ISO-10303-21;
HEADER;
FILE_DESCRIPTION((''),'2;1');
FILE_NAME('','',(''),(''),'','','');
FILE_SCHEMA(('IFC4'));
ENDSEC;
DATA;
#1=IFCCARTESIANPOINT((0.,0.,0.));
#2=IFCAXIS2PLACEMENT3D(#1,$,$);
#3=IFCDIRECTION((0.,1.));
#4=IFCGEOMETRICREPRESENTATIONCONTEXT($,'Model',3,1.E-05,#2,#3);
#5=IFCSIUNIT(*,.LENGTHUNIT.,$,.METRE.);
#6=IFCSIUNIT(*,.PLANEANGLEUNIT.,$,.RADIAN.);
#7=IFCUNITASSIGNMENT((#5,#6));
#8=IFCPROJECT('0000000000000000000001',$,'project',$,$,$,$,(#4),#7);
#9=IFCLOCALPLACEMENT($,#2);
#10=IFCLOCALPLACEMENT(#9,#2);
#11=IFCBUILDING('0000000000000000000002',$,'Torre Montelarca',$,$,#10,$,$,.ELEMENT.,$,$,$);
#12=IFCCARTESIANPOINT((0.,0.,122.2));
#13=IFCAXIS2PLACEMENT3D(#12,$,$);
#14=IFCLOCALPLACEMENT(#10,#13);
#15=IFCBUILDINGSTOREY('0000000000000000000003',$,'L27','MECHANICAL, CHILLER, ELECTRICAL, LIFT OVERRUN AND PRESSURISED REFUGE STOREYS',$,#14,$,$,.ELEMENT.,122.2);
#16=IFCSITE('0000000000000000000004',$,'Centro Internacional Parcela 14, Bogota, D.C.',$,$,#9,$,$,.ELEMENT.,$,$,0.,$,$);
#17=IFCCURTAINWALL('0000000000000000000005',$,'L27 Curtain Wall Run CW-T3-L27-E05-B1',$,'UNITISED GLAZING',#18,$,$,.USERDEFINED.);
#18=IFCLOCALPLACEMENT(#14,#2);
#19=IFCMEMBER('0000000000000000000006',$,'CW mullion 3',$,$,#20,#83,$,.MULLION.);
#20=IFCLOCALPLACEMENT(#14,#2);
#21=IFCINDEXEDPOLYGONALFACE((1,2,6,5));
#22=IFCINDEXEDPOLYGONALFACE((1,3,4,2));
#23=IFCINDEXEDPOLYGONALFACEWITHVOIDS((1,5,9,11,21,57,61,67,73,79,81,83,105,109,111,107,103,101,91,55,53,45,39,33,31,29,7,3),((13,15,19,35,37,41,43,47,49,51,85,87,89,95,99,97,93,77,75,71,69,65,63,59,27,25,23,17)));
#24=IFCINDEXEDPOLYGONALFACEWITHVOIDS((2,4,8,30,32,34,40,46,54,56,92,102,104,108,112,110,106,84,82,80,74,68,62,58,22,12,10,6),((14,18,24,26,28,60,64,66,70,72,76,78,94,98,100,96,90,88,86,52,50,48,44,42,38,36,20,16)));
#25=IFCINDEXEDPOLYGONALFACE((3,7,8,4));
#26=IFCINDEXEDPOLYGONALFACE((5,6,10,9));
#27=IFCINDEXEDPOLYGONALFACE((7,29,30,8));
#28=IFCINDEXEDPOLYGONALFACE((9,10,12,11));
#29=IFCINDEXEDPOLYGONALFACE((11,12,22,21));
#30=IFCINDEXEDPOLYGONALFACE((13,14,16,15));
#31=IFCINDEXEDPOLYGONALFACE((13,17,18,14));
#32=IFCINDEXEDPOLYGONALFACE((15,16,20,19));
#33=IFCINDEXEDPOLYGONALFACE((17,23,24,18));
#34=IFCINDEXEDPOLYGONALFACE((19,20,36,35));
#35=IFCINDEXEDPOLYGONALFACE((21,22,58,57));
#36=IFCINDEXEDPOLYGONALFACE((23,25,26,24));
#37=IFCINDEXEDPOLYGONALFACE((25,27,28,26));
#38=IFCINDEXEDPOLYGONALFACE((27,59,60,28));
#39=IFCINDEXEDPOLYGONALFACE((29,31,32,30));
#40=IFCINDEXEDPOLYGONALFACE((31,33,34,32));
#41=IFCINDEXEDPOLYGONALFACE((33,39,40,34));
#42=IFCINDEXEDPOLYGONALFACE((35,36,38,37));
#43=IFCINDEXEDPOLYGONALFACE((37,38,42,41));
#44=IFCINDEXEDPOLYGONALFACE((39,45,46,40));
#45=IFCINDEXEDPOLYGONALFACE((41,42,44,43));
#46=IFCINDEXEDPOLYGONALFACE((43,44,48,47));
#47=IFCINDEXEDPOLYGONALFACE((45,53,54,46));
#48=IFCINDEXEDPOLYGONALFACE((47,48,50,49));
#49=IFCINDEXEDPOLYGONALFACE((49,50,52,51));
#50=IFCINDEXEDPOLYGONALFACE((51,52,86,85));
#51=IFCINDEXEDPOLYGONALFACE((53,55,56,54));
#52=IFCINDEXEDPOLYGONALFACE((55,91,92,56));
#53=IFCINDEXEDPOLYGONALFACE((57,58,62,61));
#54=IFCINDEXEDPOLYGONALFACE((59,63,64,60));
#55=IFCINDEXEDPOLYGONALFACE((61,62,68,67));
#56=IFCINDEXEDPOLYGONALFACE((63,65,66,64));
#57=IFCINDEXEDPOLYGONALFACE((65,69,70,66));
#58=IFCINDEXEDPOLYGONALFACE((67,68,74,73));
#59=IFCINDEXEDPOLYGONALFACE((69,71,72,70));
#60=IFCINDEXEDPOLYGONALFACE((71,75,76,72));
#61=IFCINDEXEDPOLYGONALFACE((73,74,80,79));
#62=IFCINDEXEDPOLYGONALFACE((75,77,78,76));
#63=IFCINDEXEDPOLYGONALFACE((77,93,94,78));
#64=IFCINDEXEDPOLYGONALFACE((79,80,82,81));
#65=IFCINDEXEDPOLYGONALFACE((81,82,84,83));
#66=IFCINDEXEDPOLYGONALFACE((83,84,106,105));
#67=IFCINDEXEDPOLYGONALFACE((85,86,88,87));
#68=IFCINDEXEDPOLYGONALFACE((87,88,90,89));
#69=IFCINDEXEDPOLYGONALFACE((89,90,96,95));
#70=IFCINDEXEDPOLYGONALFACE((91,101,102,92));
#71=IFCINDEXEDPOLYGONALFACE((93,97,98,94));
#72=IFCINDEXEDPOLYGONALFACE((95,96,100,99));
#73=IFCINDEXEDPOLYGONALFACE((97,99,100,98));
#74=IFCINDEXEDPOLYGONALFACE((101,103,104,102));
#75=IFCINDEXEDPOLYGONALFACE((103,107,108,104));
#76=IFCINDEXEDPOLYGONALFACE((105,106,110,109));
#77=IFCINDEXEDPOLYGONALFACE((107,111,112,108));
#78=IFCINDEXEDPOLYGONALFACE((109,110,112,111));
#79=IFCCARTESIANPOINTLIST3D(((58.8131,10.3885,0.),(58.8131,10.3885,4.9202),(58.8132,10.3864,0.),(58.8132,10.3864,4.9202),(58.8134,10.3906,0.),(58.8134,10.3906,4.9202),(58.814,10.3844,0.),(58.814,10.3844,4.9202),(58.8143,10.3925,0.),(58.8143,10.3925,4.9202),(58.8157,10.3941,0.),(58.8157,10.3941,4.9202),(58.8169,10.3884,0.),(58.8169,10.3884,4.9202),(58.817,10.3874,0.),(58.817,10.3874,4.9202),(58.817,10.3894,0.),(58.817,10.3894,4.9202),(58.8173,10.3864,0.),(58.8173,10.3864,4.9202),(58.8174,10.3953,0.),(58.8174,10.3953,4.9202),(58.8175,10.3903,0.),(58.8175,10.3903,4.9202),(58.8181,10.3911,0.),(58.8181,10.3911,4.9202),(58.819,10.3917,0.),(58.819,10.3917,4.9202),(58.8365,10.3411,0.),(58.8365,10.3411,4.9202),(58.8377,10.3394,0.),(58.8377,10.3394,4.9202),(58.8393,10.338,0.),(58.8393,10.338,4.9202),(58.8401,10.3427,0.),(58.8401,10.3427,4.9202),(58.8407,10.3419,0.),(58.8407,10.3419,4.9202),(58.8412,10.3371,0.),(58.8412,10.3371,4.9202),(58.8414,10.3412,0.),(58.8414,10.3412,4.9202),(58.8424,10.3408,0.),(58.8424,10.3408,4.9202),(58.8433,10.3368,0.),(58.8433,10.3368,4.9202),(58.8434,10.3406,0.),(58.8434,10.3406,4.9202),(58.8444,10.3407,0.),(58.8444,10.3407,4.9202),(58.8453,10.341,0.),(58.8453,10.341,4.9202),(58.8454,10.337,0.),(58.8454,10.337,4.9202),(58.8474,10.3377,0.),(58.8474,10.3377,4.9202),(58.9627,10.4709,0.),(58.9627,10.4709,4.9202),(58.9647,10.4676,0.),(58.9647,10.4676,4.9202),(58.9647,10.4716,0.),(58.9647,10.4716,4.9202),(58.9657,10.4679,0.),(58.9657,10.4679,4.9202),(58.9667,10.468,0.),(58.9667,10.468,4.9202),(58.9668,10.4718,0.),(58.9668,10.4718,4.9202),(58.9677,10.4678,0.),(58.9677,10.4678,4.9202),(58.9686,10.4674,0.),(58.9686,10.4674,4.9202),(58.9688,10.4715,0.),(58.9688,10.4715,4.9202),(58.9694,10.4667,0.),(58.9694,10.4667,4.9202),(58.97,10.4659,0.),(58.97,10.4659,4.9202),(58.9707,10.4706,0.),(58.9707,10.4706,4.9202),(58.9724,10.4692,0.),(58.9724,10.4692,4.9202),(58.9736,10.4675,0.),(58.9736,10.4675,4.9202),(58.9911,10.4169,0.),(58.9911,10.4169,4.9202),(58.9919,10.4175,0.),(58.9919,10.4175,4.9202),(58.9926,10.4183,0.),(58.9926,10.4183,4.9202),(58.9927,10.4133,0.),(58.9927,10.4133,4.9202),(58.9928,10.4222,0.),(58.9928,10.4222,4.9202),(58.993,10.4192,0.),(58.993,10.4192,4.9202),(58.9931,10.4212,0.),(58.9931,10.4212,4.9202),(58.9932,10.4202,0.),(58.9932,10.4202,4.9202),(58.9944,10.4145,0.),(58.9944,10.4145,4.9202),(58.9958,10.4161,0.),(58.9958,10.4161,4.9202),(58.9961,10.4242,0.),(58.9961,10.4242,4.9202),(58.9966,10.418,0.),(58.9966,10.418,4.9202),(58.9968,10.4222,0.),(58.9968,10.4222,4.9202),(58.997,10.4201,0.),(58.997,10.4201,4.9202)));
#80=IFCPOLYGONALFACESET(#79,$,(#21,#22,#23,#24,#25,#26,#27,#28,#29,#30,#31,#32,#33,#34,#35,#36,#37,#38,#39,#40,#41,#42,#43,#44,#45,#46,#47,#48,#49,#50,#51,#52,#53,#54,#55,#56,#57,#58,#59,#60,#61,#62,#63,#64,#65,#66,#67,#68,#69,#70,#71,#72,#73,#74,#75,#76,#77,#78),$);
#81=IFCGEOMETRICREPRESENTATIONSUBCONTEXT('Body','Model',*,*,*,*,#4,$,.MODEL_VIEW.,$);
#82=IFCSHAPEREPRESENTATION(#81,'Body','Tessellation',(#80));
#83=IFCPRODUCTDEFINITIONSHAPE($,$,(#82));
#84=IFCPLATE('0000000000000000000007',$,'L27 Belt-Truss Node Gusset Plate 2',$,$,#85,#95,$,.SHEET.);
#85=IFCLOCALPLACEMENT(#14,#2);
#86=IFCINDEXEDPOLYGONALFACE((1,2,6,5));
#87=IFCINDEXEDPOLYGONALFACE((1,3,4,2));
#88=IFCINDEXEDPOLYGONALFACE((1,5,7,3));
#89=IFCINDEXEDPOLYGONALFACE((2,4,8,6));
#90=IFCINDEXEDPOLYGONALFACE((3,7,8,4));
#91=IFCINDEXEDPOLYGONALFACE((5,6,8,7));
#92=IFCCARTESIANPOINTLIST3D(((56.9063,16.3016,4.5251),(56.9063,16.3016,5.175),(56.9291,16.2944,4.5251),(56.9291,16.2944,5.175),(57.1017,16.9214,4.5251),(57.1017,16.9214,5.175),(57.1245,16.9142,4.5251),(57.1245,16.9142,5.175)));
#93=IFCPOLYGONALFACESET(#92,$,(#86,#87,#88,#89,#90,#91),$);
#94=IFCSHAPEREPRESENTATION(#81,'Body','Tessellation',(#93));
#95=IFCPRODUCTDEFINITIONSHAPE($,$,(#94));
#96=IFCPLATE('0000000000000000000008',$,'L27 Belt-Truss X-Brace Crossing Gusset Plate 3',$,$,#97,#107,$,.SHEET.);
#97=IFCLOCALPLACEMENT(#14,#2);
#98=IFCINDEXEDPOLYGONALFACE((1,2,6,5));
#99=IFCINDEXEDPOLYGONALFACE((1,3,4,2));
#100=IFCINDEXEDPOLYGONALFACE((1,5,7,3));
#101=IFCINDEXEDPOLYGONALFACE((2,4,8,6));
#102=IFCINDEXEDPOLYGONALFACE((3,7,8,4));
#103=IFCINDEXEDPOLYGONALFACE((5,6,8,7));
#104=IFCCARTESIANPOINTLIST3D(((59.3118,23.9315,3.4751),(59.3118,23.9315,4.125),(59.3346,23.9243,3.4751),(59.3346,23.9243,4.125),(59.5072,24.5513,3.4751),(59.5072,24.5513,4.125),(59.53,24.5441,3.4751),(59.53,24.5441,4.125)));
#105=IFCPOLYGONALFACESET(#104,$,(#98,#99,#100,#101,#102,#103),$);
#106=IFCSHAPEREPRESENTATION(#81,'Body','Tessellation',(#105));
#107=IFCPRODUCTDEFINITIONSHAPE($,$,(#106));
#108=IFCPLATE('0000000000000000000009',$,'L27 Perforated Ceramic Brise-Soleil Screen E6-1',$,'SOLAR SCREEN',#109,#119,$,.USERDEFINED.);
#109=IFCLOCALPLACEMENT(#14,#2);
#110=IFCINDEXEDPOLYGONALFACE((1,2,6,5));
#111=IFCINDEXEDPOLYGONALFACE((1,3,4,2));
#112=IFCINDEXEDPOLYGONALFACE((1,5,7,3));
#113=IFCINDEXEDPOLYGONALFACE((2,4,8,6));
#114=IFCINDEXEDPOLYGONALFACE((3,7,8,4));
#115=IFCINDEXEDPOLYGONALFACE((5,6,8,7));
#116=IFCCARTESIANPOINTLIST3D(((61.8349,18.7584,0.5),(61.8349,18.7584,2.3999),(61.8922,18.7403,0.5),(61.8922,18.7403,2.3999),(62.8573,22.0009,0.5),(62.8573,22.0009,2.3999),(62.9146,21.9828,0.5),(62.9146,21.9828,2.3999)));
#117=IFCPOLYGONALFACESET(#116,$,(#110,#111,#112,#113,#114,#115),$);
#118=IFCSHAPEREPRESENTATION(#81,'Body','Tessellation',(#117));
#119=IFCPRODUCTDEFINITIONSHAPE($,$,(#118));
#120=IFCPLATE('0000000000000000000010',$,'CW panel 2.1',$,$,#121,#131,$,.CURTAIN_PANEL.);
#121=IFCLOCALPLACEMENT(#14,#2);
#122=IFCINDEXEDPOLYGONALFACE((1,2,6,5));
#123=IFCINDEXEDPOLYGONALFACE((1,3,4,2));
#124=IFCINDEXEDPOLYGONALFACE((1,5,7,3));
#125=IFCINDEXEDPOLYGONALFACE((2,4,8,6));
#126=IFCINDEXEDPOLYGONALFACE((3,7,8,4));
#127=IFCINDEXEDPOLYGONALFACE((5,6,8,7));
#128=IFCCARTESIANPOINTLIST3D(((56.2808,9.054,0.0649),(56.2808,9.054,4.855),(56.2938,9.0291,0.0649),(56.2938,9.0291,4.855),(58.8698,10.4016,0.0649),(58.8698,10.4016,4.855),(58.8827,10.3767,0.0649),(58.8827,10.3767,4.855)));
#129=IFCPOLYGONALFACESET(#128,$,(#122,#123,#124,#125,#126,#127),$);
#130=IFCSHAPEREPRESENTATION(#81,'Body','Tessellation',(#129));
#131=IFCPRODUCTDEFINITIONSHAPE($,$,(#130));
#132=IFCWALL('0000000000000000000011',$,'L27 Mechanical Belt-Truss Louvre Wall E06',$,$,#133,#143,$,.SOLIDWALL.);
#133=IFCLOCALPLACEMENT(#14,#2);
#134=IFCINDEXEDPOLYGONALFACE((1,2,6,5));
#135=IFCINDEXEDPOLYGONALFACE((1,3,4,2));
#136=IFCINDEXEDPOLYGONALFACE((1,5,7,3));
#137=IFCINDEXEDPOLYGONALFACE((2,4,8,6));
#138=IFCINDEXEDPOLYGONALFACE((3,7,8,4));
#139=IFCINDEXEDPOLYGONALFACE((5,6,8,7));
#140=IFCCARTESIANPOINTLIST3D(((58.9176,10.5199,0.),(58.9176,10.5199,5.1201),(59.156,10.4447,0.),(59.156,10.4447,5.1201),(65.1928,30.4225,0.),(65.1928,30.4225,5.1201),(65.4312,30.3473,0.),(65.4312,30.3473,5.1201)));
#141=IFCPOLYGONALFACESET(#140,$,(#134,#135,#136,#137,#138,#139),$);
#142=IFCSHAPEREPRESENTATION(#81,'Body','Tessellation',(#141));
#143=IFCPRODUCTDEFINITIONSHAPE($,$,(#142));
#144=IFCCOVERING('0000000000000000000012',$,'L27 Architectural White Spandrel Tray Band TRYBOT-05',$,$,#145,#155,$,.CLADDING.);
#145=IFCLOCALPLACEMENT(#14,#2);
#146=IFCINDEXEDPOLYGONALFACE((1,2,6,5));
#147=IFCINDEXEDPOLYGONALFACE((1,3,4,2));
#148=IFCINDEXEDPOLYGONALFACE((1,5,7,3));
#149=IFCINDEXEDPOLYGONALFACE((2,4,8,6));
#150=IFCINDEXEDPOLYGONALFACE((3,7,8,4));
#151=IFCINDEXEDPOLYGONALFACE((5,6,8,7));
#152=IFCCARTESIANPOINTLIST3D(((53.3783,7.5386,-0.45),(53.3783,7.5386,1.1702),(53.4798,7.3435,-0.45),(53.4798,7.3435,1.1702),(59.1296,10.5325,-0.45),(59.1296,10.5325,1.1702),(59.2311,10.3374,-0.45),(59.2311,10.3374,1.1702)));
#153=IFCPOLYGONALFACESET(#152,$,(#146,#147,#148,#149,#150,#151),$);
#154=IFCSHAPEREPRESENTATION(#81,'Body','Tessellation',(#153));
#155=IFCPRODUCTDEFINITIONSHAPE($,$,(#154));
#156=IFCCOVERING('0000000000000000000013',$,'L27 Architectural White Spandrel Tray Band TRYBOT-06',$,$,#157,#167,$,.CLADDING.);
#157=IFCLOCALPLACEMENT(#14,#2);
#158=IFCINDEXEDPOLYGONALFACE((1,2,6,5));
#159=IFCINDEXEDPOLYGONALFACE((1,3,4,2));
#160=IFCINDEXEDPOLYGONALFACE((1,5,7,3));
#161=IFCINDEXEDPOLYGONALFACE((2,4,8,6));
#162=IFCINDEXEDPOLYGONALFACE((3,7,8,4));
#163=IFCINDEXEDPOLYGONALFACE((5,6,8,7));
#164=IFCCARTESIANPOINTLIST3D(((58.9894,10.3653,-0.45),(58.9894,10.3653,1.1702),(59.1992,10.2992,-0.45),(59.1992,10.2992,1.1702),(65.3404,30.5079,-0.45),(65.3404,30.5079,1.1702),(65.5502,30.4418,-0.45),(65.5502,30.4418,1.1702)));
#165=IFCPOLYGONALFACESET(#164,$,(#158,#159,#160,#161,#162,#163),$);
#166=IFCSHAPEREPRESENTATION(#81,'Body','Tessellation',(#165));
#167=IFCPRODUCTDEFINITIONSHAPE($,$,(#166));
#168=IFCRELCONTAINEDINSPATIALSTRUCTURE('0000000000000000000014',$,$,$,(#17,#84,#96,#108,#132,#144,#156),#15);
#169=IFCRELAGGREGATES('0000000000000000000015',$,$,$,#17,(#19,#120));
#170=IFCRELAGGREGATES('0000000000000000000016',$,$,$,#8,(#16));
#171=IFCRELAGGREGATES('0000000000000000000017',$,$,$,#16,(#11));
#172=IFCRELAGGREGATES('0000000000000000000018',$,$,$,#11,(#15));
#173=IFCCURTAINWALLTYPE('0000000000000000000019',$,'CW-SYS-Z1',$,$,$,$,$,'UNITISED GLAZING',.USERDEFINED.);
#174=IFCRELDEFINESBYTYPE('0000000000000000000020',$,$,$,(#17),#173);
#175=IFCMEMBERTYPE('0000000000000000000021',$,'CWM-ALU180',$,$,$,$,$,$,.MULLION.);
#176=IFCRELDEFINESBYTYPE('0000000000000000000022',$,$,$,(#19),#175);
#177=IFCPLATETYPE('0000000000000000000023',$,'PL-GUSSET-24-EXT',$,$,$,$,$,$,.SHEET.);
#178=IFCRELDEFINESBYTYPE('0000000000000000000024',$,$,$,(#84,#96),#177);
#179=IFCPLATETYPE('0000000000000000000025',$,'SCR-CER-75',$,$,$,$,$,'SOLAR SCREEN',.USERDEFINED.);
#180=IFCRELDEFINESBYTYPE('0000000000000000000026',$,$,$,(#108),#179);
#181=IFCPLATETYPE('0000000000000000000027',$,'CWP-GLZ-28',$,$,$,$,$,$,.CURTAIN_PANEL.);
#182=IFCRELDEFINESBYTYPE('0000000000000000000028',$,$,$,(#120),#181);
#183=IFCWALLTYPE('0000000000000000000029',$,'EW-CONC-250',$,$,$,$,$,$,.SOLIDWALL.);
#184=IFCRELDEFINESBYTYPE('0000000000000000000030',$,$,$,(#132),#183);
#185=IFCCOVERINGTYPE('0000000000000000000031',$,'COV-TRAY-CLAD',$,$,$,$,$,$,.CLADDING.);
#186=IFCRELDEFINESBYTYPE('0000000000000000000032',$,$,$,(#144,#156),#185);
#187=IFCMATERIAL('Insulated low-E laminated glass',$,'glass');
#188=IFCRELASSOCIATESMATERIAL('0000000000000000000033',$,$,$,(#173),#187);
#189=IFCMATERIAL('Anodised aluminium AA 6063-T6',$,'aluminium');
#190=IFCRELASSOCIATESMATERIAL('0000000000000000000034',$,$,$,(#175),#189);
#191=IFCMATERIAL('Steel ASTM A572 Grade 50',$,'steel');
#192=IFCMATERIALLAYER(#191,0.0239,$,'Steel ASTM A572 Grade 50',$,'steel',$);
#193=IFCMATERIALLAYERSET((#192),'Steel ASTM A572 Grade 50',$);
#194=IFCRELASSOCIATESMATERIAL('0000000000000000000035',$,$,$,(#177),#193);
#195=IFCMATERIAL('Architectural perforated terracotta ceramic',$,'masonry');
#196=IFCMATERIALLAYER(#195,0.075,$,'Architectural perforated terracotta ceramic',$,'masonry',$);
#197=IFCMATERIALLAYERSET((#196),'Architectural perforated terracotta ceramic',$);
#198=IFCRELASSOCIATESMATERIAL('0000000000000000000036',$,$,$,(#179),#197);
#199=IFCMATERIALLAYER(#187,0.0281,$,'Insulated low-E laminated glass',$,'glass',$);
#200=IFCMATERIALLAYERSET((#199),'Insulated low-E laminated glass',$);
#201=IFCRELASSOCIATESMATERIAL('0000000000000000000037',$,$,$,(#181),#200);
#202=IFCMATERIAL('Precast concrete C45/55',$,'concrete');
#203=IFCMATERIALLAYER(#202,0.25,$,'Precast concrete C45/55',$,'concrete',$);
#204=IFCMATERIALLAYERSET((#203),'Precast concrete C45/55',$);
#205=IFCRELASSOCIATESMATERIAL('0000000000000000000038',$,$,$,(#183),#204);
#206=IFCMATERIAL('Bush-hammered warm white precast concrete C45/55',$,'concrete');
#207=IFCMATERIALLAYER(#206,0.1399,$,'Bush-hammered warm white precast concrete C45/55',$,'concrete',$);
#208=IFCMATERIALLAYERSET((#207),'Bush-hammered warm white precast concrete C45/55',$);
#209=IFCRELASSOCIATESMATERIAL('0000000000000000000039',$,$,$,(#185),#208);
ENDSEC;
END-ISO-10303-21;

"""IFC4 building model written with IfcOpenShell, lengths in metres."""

from ifc_helpers import new_model, si_unit, direction, frame, frame_2d, origin, origin_2d, place, context, subcontext, project, spatial, rectangle, hollow_rectangle, extrude, source, transform, mapped, material, layer, layer_set, material_profile, profile_set, type_object, element, aggregate, save


model = new_model("IFC4")

# Units and contexts
model_context = context("Model", 3, precision=1e-05, world=origin(), true_north=direction((0.0, 1.0)))
body_context = subcontext(model_context, "Body", "Model", "MODEL_VIEW")
ifc_project = project(units=[si_unit("LENGTHUNIT", "METRE"), si_unit("PLANEANGLEUNIT", "RADIAN")], contexts=[model_context])

# Site, building, storey
site_placement = place(None, origin())
site = spatial("IfcSite", under=ifc_project, at=site_placement, Name="Centro Internacional Parcela 14, Bogota, D.C.", CompositionType="ELEMENT", RefElevation=0.0)
building_placement = place(site_placement, origin())
building = spatial("IfcBuilding", under=site, at=building_placement, Name="Torre Montelarca", CompositionType="ELEMENT")
storey_placement = place(building_placement, frame((0.0, 0.0, 122.2)))
storey = spatial("IfcBuildingStorey", under=building, at=storey_placement, Name="L27", Description="MECHANICAL, CHILLER, ELECTRICAL, LIFT OVERRUN AND PRESSURISED REFUGE STOREYS", CompositionType="ELEMENT", Elevation=122.2)

# Curtain wall, member
ifc_material_1 = material(Name="Insulated low-E laminated glass", Category="glass")
curtain_wall_type = type_object("IfcCurtainWallType", Name="CW-SYS-Z1", ElementType="UNITISED GLAZING", PredefinedType="USERDEFINED", material=ifc_material_1)
curtain_wall_placement = place(storey_placement, origin())
curtain_wall = element("IfcCurtainWall", 1, at=curtain_wall_placement, inside=storey, type_object=curtain_wall_type, Name="L27 Curtain Wall Run CW-T3-L27-E05-B1", ObjectType="UNITISED GLAZING", PredefinedType="USERDEFINED")
ifc_material_2 = material(Name="Anodised aluminium AA 6063-T6", Category="aluminium")
ifc_material_profile_1 = material_profile(ifc_material_2, hollow_rectangle(XDim=0.0649, YDim=0.1799, WallThickness=0.0039, InnerFilletRadius=0.0039, OuterFilletRadius=0.0081, at=origin_2d()), Name="ALU65X180X4", Category="aluminium")
ifc_profile_set_1 = profile_set([ifc_material_profile_1], Name="Anodised aluminium AA 6063-T6")
member_type_1 = type_object("IfcMemberType", Name="CWM-ALU180", PredefinedType="MULLION", material=ifc_profile_set_1)
shared_shape_1 = source(origin(), body_context, "Body", "SweptSolid", [
    extrude(hollow_rectangle(XDim=0.0649, YDim=0.1799, WallThickness=0.0039, InnerFilletRadius=0.0039, OuterFilletRadius=0.0081, at=origin_2d()), origin(), (0.0, 0.0, 1.0), 4.9202),
])
member_1_placement = place(storey_placement, frame((58.905, 10.4043, 0.0), z_axis=(0.0, 0.0, 1.0), x_axis=(-0.461729, 0.887021, 0.0)))
member_1 = element("IfcMember", 2, at=member_1_placement, type_object=member_type_1, Name="CW mullion 3", PredefinedType="MULLION", context=body_context, shape_type="MappedRepresentation", body=[
    mapped(shared_shape_1, transform((0.0, 0.0, 0.0), scale=1.0)),
])

# Plates
ifc_material_3 = material(Name="Steel ASTM A572 Grade 50", Category="steel")
ifc_layer_1 = layer(ifc_material_3, 0.0239, Name="Steel ASTM A572 Grade 50", Category="steel")
ifc_layer_set_1 = layer_set([ifc_layer_1], Name="Steel ASTM A572 Grade 50")
plate_type_1 = type_object("IfcPlateType", Name="PL-GUSSET-24-EXT", PredefinedType="SHEET", material=ifc_layer_set_1)
shared_shape_2 = source(origin(), body_context, "Body", "SweptSolid", [
    extrude(rectangle(XDim=0.6499, YDim=0.0239, at=origin_2d()), origin(), (0.0, 0.0, 1.0), 0.6499),
])
for number, where, z_axis, x_axis, name in (
    (3, (57.0154, 16.6079, 4.5251), (0.0, 0.0, 1.0), (0.300706, 0.953717, 0.0), "L27 Belt-Truss Node Gusset Plate 2"),
    (4, (59.4209, 24.2378, 3.4751), (0.0, 0.0, 1.0), (0.300706, 0.953717, 0.0), "L27 Belt-Truss X-Brace Crossing Gusset Plate 3"),
):
    element("IfcPlate", number, at=place(storey_placement, frame(where, z_axis=z_axis, x_axis=x_axis)), inside=storey, type_object=plate_type_1, Name=name, PredefinedType="SHEET", context=body_context, shape_type="MappedRepresentation", body=[
        mapped(shared_shape_2, transform((0.0, 0.0, 0.0), scale=1.0)),
    ])
ifc_material_4 = material(Name="Architectural perforated terracotta ceramic", Category="masonry")
ifc_layer_2 = layer(ifc_material_4, 0.075, Name="Architectural perforated terracotta ceramic", Category="masonry")
ifc_layer_set_2 = layer_set([ifc_layer_2], Name="Architectural perforated terracotta ceramic")
plate_type_2 = type_object("IfcPlateType", Name="SCR-CER-75", ElementType="SOLAR SCREEN", PredefinedType="USERDEFINED", material=ifc_layer_set_2)
shared_shape_3 = source(origin(), body_context, "Body", "SweptSolid", [
    extrude(rectangle(XDim=3.3999, YDim=0.0601, at=origin_2d()), origin(), (0.0, 0.0, 1.0), 1.8999),
])
plate_1_placement = place(storey_placement, frame((62.3748, 20.3706, 0.5), z_axis=(0.0, 0.0, 1.0), x_axis=(0.300709, 0.953716, 0.0)))
element("IfcPlate", 5, at=plate_1_placement, inside=storey, type_object=plate_type_2, Name="L27 Perforated Ceramic Brise-Soleil Screen E6-1", ObjectType="SOLAR SCREEN", PredefinedType="USERDEFINED", context=body_context, shape_type="MappedRepresentation", body=[
    mapped(shared_shape_3, transform((0.0, 0.0, 0.0), scale=1.0)),
])

# Plate
ifc_layer_3 = layer(ifc_material_1, 0.0281, Name="Insulated low-E laminated glass", Category="glass")
ifc_layer_set_3 = layer_set([ifc_layer_3], Name="Insulated low-E laminated glass")
plate_type_3 = type_object("IfcPlateType", Name="CWP-GLZ-28", PredefinedType="CURTAIN_PANEL", material=ifc_layer_set_3)
shared_shape_4 = source(origin(), body_context, "Body", "SweptSolid", [
    extrude(rectangle(XDim=2.9187, YDim=0.0281, at=origin_2d()), origin(), (0.0, 0.0, 1.0), 4.79),
])
plate_2_placement = place(storey_placement, frame((57.5818, 9.7153, 0.0649), z_axis=(0.0, 0.0, 1.0), x_axis=(0.887021, 0.461729, 0.0)))
plate_2 = element("IfcPlate", 6, at=plate_2_placement, type_object=plate_type_3, Name="CW panel 2.1", PredefinedType="CURTAIN_PANEL", context=body_context, shape_type="MappedRepresentation", body=[
    mapped(shared_shape_4, transform((0.0, 0.0, 0.0), scale=1.0)),
])
aggregate(curtain_wall, [member_1, plate_2])

# Wall
ifc_material_5 = material(Name="Precast concrete C45/55", Category="concrete")
ifc_layer_4 = layer(ifc_material_5, 0.25, Name="Precast concrete C45/55", Category="concrete")
ifc_layer_set_4 = layer_set([ifc_layer_4], Name="Precast concrete C45/55")
wall_type = type_object("IfcWallType", Name="EW-CONC-250", PredefinedType="SOLIDWALL", material=ifc_layer_set_4)
wall_placement = place(storey_placement, frame((59.0369, 10.4824, 0.0), z_axis=(0.0, 0.0, 1.0), x_axis=(0.300701, 0.953719, 0.0)))
element("IfcWall", 7, at=wall_placement, inside=storey, type_object=wall_type, Name="L27 Mechanical Belt-Truss Louvre Wall E06", PredefinedType="SOLIDWALL", context=body_context, shape_type="SweptSolid", body=[
    extrude(rectangle(XDim=20.8684, YDim=0.25, at=frame_2d((10.4341, 0.0))), origin(), (0.0, 0.0, 1.0), 5.1201),
])

# Coverings
ifc_material_6 = material(Name="Bush-hammered warm white precast concrete C45/55", Category="concrete")
ifc_layer_5 = layer(ifc_material_6, 0.1399, Name="Bush-hammered warm white precast concrete C45/55", Category="concrete")
ifc_layer_set_5 = layer_set([ifc_layer_5], Name="Bush-hammered warm white precast concrete C45/55")
covering_type = type_object("IfcCoveringType", Name="COV-TRAY-CLAD", PredefinedType="CLADDING", material=ifc_layer_set_5)
shared_shape_5 = source(origin(), body_context, "Body", "SweptSolid", [
    extrude(rectangle(XDim=6.4839, YDim=0.22, at=origin_2d()), origin(), (0.0, 0.0, 1.0), 1.6201),
])
covering_1_placement = place(storey_placement, frame((56.3047, 8.938, -0.45), z_axis=(0.0, 0.0, 1.0), x_axis=(0.887014, 0.461742, 0.0)))
element("IfcCovering", 8, at=covering_1_placement, inside=storey, type_object=covering_type, Name="L27 Architectural White Spandrel Tray Band TRYBOT-05", PredefinedType="CLADDING", context=body_context, shape_type="MappedRepresentation", body=[
    mapped(shared_shape_5, transform((0.0, 0.0, 0.0), scale=1.0)),
])
shared_shape_6 = source(origin(), body_context, "Body", "SweptSolid", [
    extrude(rectangle(XDim=21.1201, YDim=0.22, at=origin_2d()), origin(), (0.0, 0.0, 1.0), 1.6201),
])
covering_2_placement = place(storey_placement, frame((62.2698, 20.4036, -0.45), z_axis=(0.0, 0.0, 1.0), x_axis=(0.300709, 0.953716, 0.0)))
element("IfcCovering", 9, at=covering_2_placement, inside=storey, type_object=covering_type, Name="L27 Architectural White Spandrel Tray Band TRYBOT-06", PredefinedType="CLADDING", context=body_context, shape_type="MappedRepresentation", body=[
    mapped(shared_shape_6, transform((0.0, 0.0, 0.0), scale=1.0)),
])

save(model, "model.ifc")
